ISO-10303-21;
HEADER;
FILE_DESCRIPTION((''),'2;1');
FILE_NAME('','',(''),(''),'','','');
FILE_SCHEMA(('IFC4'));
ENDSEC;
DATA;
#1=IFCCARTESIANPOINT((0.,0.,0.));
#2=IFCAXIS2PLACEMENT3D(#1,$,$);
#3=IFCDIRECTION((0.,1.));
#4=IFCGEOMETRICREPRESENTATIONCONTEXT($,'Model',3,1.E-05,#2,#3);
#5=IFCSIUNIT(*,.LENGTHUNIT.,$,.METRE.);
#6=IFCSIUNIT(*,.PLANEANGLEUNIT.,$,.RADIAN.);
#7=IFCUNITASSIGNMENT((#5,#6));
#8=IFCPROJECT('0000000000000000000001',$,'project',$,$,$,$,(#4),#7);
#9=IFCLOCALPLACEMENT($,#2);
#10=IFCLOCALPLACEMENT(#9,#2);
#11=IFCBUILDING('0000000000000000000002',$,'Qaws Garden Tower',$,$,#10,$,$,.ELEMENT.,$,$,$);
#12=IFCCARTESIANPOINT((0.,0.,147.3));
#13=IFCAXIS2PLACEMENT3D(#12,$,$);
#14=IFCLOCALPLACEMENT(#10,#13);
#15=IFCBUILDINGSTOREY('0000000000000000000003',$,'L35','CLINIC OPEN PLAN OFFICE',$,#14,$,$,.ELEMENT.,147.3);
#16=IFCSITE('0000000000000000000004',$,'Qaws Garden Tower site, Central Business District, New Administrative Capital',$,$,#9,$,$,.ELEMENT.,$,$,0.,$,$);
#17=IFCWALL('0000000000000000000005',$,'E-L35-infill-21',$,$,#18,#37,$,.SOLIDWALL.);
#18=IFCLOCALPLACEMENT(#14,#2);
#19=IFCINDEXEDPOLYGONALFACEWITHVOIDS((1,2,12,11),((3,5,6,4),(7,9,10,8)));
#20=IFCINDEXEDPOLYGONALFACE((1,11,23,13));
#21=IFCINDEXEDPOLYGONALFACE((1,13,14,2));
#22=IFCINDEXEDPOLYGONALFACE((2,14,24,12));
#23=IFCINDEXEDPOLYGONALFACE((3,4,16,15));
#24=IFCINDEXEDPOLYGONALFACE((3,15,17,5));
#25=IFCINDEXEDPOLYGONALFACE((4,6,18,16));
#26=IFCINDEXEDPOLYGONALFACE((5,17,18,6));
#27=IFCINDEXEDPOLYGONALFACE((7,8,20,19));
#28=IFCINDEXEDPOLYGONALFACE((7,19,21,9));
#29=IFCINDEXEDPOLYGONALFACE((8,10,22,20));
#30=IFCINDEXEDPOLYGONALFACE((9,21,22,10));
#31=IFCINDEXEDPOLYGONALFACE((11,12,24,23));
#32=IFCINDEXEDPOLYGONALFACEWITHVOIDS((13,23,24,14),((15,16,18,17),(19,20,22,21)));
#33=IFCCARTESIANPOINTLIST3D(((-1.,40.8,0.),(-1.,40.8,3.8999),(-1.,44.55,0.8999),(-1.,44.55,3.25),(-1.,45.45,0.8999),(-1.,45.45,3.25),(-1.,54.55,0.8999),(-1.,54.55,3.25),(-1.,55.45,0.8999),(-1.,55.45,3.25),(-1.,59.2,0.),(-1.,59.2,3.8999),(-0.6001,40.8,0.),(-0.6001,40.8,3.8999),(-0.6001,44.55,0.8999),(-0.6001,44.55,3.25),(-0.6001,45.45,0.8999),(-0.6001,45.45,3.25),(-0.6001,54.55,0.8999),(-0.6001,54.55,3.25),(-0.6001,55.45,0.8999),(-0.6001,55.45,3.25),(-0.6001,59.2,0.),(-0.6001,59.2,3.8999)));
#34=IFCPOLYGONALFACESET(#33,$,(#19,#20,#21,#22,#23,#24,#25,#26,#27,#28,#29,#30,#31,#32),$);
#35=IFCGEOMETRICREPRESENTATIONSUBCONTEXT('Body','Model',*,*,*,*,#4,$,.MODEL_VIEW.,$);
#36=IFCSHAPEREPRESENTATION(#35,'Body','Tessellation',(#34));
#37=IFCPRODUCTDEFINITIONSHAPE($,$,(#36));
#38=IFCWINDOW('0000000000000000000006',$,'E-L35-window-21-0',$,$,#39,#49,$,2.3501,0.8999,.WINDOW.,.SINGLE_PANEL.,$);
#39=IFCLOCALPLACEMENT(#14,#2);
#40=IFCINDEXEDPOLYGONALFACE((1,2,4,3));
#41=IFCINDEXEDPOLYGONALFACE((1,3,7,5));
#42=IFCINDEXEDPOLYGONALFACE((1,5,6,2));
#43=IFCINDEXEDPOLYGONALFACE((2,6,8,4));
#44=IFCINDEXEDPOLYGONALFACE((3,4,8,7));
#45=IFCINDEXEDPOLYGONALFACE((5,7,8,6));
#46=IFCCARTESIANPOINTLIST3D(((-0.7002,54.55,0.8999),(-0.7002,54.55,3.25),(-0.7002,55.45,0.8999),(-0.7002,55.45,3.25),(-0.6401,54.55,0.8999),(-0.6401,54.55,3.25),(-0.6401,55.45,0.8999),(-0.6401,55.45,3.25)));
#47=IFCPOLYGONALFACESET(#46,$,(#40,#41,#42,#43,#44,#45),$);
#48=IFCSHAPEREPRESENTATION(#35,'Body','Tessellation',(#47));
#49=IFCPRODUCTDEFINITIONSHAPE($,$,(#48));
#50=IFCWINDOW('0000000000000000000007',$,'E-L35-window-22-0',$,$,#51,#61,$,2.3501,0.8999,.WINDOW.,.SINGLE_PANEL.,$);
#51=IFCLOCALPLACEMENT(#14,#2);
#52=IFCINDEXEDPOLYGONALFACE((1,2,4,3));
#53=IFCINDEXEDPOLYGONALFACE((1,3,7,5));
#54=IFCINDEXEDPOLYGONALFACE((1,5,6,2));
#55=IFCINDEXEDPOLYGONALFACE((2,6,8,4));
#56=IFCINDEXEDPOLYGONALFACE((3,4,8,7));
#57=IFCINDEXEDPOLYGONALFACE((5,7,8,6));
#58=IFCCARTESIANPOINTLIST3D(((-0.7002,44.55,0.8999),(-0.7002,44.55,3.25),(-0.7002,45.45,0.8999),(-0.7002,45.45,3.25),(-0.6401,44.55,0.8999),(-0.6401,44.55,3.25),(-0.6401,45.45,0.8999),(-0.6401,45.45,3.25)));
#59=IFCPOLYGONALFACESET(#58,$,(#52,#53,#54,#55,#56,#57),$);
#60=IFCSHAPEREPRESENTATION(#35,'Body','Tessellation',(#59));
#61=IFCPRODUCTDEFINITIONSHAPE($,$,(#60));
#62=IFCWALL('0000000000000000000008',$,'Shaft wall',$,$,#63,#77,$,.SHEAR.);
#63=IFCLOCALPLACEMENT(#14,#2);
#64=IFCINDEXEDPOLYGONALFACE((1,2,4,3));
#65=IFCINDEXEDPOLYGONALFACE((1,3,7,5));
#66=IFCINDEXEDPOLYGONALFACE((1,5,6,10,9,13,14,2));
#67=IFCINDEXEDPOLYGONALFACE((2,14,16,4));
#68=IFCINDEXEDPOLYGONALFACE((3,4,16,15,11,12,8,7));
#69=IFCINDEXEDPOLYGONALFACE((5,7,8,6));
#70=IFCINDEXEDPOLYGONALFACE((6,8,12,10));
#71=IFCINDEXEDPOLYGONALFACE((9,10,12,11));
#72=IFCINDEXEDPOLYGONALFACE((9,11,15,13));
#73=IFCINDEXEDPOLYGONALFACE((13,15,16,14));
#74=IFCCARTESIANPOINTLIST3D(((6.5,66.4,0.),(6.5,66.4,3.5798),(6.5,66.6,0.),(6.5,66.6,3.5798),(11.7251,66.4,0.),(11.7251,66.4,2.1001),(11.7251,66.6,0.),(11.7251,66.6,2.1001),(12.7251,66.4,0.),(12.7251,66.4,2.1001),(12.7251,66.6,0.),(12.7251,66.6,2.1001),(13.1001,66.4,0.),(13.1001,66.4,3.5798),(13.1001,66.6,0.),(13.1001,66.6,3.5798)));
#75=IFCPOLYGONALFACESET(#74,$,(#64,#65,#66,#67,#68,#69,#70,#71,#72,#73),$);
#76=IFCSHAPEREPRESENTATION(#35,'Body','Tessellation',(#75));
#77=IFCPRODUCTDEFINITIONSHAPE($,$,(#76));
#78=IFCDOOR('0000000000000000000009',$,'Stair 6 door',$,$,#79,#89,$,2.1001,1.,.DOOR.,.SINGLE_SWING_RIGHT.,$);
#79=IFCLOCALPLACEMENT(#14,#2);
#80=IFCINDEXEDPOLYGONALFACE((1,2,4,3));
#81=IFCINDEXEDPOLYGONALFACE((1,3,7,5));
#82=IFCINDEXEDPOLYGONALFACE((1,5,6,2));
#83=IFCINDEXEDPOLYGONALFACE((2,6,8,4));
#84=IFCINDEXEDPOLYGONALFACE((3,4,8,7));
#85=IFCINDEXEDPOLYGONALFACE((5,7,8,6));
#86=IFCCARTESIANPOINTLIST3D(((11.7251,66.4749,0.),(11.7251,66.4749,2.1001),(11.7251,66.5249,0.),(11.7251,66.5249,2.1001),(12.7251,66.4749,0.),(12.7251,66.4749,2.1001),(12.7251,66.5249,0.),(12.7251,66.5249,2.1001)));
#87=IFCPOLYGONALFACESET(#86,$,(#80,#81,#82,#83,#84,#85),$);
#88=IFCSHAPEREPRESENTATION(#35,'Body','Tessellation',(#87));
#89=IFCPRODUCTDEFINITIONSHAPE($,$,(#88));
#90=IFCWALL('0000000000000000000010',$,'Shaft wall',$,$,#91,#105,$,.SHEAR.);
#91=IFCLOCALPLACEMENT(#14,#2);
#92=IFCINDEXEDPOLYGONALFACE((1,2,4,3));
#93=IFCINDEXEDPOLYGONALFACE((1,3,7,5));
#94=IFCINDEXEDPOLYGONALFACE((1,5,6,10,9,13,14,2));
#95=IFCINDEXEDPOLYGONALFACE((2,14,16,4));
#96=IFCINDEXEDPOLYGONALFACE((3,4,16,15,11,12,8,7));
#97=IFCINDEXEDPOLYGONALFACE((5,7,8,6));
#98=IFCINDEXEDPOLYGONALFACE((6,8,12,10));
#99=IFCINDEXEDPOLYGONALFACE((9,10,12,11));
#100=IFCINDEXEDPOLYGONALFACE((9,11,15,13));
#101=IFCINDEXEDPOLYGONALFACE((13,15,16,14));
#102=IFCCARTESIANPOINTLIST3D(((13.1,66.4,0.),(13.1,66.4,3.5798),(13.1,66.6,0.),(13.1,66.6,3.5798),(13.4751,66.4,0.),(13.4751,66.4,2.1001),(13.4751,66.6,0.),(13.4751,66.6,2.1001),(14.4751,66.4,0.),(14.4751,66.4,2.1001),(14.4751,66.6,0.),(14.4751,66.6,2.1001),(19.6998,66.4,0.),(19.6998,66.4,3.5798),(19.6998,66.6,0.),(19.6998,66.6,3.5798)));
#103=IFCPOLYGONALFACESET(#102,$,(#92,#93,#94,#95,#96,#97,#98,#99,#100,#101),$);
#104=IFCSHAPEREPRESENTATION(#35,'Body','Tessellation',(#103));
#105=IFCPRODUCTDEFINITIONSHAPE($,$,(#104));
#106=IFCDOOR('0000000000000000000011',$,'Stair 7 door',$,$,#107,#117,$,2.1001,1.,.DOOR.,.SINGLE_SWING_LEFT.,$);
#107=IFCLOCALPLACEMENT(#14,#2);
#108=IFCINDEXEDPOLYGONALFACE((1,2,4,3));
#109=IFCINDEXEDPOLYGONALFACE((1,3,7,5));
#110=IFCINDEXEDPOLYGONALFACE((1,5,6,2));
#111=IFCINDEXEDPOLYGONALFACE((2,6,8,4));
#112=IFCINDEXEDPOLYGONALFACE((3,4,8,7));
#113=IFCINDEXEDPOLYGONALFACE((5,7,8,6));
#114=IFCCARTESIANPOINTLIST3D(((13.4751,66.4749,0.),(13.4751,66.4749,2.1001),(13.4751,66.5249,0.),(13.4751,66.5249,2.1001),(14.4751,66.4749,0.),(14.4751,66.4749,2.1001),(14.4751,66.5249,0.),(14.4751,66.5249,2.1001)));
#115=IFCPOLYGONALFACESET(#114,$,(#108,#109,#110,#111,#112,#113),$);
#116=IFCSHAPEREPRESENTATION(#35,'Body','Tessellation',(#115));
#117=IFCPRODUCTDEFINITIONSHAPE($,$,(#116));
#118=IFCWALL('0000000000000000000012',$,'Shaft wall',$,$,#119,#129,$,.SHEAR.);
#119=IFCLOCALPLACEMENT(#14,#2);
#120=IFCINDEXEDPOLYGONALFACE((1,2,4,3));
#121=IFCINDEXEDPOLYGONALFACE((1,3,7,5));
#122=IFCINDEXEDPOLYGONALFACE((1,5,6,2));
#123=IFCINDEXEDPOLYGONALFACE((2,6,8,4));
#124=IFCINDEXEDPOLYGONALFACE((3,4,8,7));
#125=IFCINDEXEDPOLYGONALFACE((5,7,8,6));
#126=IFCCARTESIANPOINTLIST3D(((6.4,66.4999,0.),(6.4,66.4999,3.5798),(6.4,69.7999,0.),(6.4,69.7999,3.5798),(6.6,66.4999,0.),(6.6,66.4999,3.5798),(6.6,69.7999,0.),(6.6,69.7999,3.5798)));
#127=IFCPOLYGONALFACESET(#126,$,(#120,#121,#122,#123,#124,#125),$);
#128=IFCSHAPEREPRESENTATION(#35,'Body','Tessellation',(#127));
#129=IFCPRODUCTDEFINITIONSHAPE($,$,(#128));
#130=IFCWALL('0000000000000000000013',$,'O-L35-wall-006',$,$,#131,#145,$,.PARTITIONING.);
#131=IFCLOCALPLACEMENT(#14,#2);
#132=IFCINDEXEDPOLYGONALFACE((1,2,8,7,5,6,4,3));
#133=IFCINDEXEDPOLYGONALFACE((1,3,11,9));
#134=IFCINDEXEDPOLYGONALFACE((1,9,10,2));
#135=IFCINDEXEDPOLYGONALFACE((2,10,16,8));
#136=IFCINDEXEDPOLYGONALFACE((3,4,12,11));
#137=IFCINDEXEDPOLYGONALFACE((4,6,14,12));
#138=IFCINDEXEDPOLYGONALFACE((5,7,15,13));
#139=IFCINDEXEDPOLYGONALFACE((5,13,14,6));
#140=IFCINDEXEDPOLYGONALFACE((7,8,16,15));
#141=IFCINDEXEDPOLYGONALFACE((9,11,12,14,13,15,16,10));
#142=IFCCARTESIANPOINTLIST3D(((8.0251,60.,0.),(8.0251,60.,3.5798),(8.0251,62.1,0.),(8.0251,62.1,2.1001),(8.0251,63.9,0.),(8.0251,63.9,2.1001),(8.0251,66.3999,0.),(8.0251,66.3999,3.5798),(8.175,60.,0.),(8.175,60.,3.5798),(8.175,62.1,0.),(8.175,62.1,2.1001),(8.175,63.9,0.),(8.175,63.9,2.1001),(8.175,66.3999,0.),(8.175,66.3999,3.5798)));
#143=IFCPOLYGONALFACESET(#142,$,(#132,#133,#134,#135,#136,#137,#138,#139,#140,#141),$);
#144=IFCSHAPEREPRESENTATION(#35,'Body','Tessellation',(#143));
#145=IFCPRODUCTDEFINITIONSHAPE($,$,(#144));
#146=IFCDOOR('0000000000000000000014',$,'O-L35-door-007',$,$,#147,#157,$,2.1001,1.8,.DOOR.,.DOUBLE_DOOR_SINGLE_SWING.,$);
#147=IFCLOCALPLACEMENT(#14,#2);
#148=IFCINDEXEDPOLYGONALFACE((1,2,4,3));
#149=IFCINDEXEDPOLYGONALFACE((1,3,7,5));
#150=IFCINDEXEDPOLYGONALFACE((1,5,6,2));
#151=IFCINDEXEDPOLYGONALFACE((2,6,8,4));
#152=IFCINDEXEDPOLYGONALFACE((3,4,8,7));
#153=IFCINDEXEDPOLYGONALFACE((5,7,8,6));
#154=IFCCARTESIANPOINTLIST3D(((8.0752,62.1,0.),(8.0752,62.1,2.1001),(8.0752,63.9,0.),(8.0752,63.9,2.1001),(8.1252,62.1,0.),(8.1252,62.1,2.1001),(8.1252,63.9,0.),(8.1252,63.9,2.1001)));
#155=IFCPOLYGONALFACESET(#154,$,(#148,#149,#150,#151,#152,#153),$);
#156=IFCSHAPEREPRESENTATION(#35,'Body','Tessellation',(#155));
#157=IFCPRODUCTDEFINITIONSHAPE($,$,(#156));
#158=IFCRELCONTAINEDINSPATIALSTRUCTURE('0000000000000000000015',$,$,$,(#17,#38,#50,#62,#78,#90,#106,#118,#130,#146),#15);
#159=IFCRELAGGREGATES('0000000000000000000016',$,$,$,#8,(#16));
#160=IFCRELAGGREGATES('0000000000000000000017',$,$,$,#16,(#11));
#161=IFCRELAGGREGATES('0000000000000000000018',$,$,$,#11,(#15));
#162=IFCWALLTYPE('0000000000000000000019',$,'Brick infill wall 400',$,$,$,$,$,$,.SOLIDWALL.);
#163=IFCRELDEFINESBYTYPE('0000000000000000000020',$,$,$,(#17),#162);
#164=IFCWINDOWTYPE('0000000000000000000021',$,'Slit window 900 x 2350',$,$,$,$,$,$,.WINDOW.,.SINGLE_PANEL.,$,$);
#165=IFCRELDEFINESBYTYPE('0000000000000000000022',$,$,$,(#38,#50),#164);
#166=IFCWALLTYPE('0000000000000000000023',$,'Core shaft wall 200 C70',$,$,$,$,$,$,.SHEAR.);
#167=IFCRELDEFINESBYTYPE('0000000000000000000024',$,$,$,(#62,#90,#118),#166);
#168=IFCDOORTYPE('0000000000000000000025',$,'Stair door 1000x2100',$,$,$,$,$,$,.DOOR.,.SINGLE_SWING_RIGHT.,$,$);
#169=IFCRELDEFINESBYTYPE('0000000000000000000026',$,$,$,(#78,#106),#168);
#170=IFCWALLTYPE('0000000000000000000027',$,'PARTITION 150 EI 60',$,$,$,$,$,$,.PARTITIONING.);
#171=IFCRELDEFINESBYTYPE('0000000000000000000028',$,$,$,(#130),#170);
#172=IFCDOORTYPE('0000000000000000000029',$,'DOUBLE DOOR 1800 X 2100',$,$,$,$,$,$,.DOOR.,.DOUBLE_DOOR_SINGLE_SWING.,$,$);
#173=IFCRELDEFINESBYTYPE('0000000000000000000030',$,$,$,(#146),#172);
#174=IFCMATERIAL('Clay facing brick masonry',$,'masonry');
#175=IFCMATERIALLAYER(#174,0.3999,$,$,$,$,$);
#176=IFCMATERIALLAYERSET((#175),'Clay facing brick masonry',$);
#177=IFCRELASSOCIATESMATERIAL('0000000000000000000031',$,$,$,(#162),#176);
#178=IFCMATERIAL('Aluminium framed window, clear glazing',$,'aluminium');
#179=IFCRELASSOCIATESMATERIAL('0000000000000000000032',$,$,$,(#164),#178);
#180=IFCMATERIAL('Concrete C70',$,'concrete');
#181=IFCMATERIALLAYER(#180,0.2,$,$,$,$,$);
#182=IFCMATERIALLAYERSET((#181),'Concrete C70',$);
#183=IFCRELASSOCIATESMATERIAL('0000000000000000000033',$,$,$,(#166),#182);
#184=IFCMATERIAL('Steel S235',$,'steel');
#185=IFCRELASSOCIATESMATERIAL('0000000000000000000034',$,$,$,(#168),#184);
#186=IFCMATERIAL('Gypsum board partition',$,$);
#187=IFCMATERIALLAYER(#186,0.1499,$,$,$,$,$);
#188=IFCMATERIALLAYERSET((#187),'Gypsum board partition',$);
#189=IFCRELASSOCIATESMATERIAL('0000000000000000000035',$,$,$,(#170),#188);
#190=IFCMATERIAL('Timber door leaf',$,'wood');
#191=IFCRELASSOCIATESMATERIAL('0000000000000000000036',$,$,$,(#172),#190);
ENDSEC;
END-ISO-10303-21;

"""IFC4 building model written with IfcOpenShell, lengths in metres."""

from ifc_helpers import new_model, si_unit, direction, frame, frame_2d, origin, place, context, subcontext, project, spatial, rectangle, extrude, material, layer, layer_set, type_object, element, fill, save


model = new_model("IFC4")

# Units and contexts
model_context = context("Model", 3, precision=1e-05, world=origin(), true_north=direction((0.0, 1.0)))
body_context = subcontext(model_context, "Body", "Model", "MODEL_VIEW")
ifc_project = project(units=[si_unit("LENGTHUNIT", "METRE"), si_unit("PLANEANGLEUNIT", "RADIAN")], contexts=[model_context])

# Site, building, storey
site_placement = place(None, origin())
site = spatial("IfcSite", under=ifc_project, at=site_placement, Name="Qaws Garden Tower site, Central Business District, New Administrative Capital", CompositionType="ELEMENT", RefElevation=0.0)
building_placement = place(site_placement, origin())
building = spatial("IfcBuilding", under=site, at=building_placement, Name="Qaws Garden Tower", CompositionType="ELEMENT")
storey_placement = place(building_placement, frame((0.0, 0.0, 147.3)))
storey = spatial("IfcBuildingStorey", under=building, at=storey_placement, Name="L35", Description="CLINIC OPEN PLAN OFFICE", CompositionType="ELEMENT", Elevation=147.3)

# Shared definitions
ifc_material_1 = material(Name="Clay facing brick masonry", Category="masonry")
ifc_layer_1 = layer(ifc_material_1, 0.3999)
ifc_layer_set_1 = layer_set([ifc_layer_1], Name="Clay facing brick masonry")
wall_type_1 = type_object("IfcWallType", Name="Brick infill wall 400", PredefinedType="SOLIDWALL", material=ifc_layer_set_1)

# Wall, openings, windows
wall_1_placement = place(storey_placement, frame((-0.8, 59.2, 0.0), z_axis=(0.0, 0.0, 1.0), x_axis=(0.0, -1.0, 0.0)))
wall_1 = element("IfcWall", 1, at=wall_1_placement, inside=storey, type_object=wall_type_1, Name="E-L35-infill-21", PredefinedType="SOLIDWALL", context=body_context, shape_type="SweptSolid", body=[
    extrude(rectangle(XDim=18.3999, YDim=0.3999, at=frame_2d((9.2, 0.0))), origin(), (0.0, 0.0, 1.0), 3.8999),
])
opening_1_placement = place(wall_1_placement, frame((3.75, 0.0, 0.8999)))
opening_1 = element("IfcOpeningElement", 2, at=opening_1_placement, cuts=wall_1, PredefinedType="OPENING", context=body_context, shape_type="SweptSolid", body=[
    extrude(rectangle(XDim=0.8999, YDim=2.3501, at=frame_2d((0.45, 1.175))), frame((0.0, 0.21, 0.0), z_axis=(0.0, -1.0, 0.0), x_axis=(1.0, 0.0, 0.0)), (0.0, 0.0, 1.0), 0.4199),
])
opening_2_placement = place(wall_1_placement, frame((13.75, 0.0, 0.8999)))
opening_2 = element("IfcOpeningElement", 3, at=opening_2_placement, cuts=wall_1, PredefinedType="OPENING", context=body_context, shape_type="SweptSolid", body=[
    extrude(rectangle(XDim=0.8999, YDim=2.3501, at=frame_2d((0.45, 1.175))), frame((0.0, 0.21, 0.0), z_axis=(0.0, -1.0, 0.0), x_axis=(1.0, 0.0, 0.0)), (0.0, 0.0, 1.0), 0.4199),
])
ifc_material_2 = material(Name="Aluminium framed window, clear glazing", Category="aluminium")
window_type_1 = type_object("IfcWindowType", Name="Slit window 900 x 2350", PartitioningType="SINGLE_PANEL", PredefinedType="WINDOW", material=ifc_material_2)
window_1_placement = place(opening_1_placement, origin())
window_1 = element("IfcWindow", 4, at=window_1_placement, inside=storey, type_object=window_type_1, Name="E-L35-window-21-0", OverallHeight=2.3501, OverallWidth=0.8999, PartitioningType="SINGLE_PANEL", PredefinedType="WINDOW", context=body_context, shape_type="SweptSolid", body=[
    extrude(rectangle(XDim=0.8999, YDim=2.3501, at=frame_2d((0.45, 1.175))), frame((0.0, 0.1599, 0.0), z_axis=(0.0, -1.0, 0.0), x_axis=(1.0, 0.0, 0.0)), (0.0, 0.0, 1.0), 0.0601),
])
fill(opening_1, window_1)
window_2_placement = place(opening_2_placement, origin())
window_2 = element("IfcWindow", 5, at=window_2_placement, inside=storey, type_object=window_type_1, Name="E-L35-window-22-0", OverallHeight=2.3501, OverallWidth=0.8999, PartitioningType="SINGLE_PANEL", PredefinedType="WINDOW", context=body_context, shape_type="SweptSolid", body=[
    extrude(rectangle(XDim=0.8999, YDim=2.3501, at=frame_2d((0.45, 1.175))), frame((0.0, 0.1599, 0.0), z_axis=(0.0, -1.0, 0.0), x_axis=(1.0, 0.0, 0.0)), (0.0, 0.0, 1.0), 0.0601),
])
fill(opening_2, window_2)

# Walls, openings, doors
ifc_material_3 = material(Name="Concrete C70", Category="concrete")
ifc_layer_2 = layer(ifc_material_3, 0.2)
ifc_layer_set_2 = layer_set([ifc_layer_2], Name="Concrete C70")
wall_type_2 = type_object("IfcWallType", Name="Core shaft wall 200 C70", PredefinedType="SHEAR", material=ifc_layer_set_2)
wall_2_placement = place(storey_placement, frame((6.5, 66.5, 0.0), z_axis=(0.0, 0.0, 1.0), x_axis=(1.0, 0.0, 0.0)))
wall_2 = element("IfcWall", 6, at=wall_2_placement, inside=storey, type_object=wall_type_2, Name="Shaft wall", PredefinedType="SHEAR", context=body_context, shape_type="SweptSolid", body=[
    extrude(rectangle(XDim=6.6001, YDim=0.2, at=frame_2d((3.3, 0.0))), origin(), (0.0, 0.0, 1.0), 3.5798),
])
opening_3_placement = place(wall_2_placement, frame((5.2251, 0.0, 0.0)))
opening_3 = element("IfcOpeningElement", 7, at=opening_3_placement, cuts=wall_2, PredefinedType="OPENING", context=body_context, shape_type="SweptSolid", body=[
    extrude(rectangle(XDim=1.0, YDim=2.1001, at=frame_2d((0.5, 1.05))), frame((0.0, 0.1099, 0.0), z_axis=(0.0, -1.0, 0.0), x_axis=(1.0, 0.0, 0.0)), (0.0, 0.0, 1.0), 0.22),
])
ifc_material_4 = material(Name="Steel S235", Category="steel")
door_type_1 = type_object("IfcDoorType", Name="Stair door 1000x2100", OperationType="SINGLE_SWING_RIGHT", PredefinedType="DOOR", material=ifc_material_4)
door_1_placement = place(opening_3_placement, origin())
door_1 = element("IfcDoor", 8, at=door_1_placement, inside=storey, type_object=door_type_1, Name="Stair 6 door", OperationType="SINGLE_SWING_RIGHT", OverallHeight=2.1001, OverallWidth=1.0, PredefinedType="DOOR", context=body_context, shape_type="SweptSolid", body=[
    extrude(rectangle(XDim=1.0, YDim=2.1001, at=frame_2d((0.5, 1.05))), frame((0.0, 0.0249, 0.0), z_axis=(0.0, -1.0, 0.0), x_axis=(1.0, 0.0, 0.0)), (0.0, 0.0, 1.0), 0.05),
])
fill(opening_3, door_1)
wall_3_placement = place(storey_placement, frame((13.1001, 66.5, 0.0), z_axis=(0.0, 0.0, 1.0), x_axis=(1.0, 0.0, 0.0)))
wall_3 = element("IfcWall", 9, at=wall_3_placement, inside=storey, type_object=wall_type_2, Name="Shaft wall", PredefinedType="SHEAR", context=body_context, shape_type="SweptSolid", body=[
    extrude(rectangle(XDim=6.5999, YDim=0.2, at=frame_2d((3.2998, 0.0))), origin(), (0.0, 0.0, 1.0), 3.5798),
])
opening_4_placement = place(wall_3_placement, frame((0.375, 0.0, 0.0)))
opening_4 = element("IfcOpeningElement", 10, at=opening_4_placement, cuts=wall_3, PredefinedType="OPENING", context=body_context, shape_type="SweptSolid", body=[
    extrude(rectangle(XDim=1.0, YDim=2.1001, at=frame_2d((0.5, 1.05))), frame((0.0, 0.1099, 0.0), z_axis=(0.0, -1.0, 0.0), x_axis=(1.0, 0.0, 0.0)), (0.0, 0.0, 1.0), 0.22),
])
door_2_placement = place(opening_4_placement, origin())
door_2 = element("IfcDoor", 11, at=door_2_placement, inside=storey, type_object=door_type_1, Name="Stair 7 door", OperationType="SINGLE_SWING_LEFT", OverallHeight=2.1001, OverallWidth=1.0, PredefinedType="DOOR", context=body_context, shape_type="SweptSolid", body=[
    extrude(rectangle(XDim=1.0, YDim=2.1001, at=frame_2d((0.5, 1.05))), frame((0.0, 0.0249, 0.0), z_axis=(0.0, -1.0, 0.0), x_axis=(1.0, 0.0, 0.0)), (0.0, 0.0, 1.0), 0.05),
])
fill(opening_4, door_2)

# Wall
wall_4_placement = place(storey_placement, frame((6.5, 66.5, 0.0), z_axis=(0.0, 0.0, 1.0), x_axis=(0.0, 1.0, 0.0)))
element("IfcWall", 12, at=wall_4_placement, inside=storey, type_object=wall_type_2, Name="Shaft wall", PredefinedType="SHEAR", context=body_context, shape_type="SweptSolid", body=[
    extrude(rectangle(XDim=3.3, YDim=0.2, at=frame_2d((1.6499, 0.0))), origin(), (0.0, 0.0, 1.0), 3.5798),
])

# Wall, opening, door
ifc_material_5 = material(Name="Gypsum board partition")
ifc_layer_3 = layer(ifc_material_5, 0.1499)
ifc_layer_set_3 = layer_set([ifc_layer_3], Name="Gypsum board partition")
wall_type_3 = type_object("IfcWallType", Name="PARTITION 150 EI 60", PredefinedType="PARTITIONING", material=ifc_layer_set_3)
wall_5_placement = place(storey_placement, frame((8.1001, 60.0, 0.0), z_axis=(0.0, 0.0, 1.0), x_axis=(0.0, 1.0, 0.0)))
wall_5 = element("IfcWall", 13, at=wall_5_placement, inside=storey, type_object=wall_type_3, Name="O-L35-wall-006", PredefinedType="PARTITIONING", context=body_context, shape_type="SweptSolid", body=[
    extrude(rectangle(XDim=6.3999, YDim=0.1499, at=frame_2d((3.2, 0.0))), origin(), (0.0, 0.0, 1.0), 3.5798),
])
opening_5_placement = place(wall_5_placement, frame((2.1001, 0.0, 0.0)))
opening_5 = element("IfcOpeningElement", 14, at=opening_5_placement, cuts=wall_5, PredefinedType="OPENING", context=body_context, shape_type="SweptSolid", body=[
    extrude(rectangle(XDim=1.8, YDim=2.1001, at=frame_2d((0.8999, 1.05))), frame((0.0, 0.085, 0.0), z_axis=(0.0, -1.0, 0.0), x_axis=(1.0, 0.0, 0.0)), (0.0, 0.0, 1.0), 0.1699),
])
ifc_material_6 = material(Name="Timber door leaf", Category="wood")
door_type_2 = type_object("IfcDoorType", Name="DOUBLE DOOR 1800 X 2100", OperationType="DOUBLE_DOOR_SINGLE_SWING", PredefinedType="DOOR", material=ifc_material_6)
door_3_placement = place(opening_5_placement, origin())
door_3 = element("IfcDoor", 15, at=door_3_placement, inside=storey, type_object=door_type_2, Name="O-L35-door-007", OperationType="DOUBLE_DOOR_SINGLE_SWING", OverallHeight=2.1001, OverallWidth=1.8, PredefinedType="DOOR", context=body_context, shape_type="SweptSolid", body=[
    extrude(rectangle(XDim=1.8, YDim=2.1001, at=frame_2d((0.8999, 1.05))), frame((0.0, 0.0249, 0.0), z_axis=(0.0, -1.0, 0.0), x_axis=(1.0, 0.0, 0.0)), (0.0, 0.0, 1.0), 0.05),
])
fill(opening_5, door_3)

save(model, "model.ifc")
